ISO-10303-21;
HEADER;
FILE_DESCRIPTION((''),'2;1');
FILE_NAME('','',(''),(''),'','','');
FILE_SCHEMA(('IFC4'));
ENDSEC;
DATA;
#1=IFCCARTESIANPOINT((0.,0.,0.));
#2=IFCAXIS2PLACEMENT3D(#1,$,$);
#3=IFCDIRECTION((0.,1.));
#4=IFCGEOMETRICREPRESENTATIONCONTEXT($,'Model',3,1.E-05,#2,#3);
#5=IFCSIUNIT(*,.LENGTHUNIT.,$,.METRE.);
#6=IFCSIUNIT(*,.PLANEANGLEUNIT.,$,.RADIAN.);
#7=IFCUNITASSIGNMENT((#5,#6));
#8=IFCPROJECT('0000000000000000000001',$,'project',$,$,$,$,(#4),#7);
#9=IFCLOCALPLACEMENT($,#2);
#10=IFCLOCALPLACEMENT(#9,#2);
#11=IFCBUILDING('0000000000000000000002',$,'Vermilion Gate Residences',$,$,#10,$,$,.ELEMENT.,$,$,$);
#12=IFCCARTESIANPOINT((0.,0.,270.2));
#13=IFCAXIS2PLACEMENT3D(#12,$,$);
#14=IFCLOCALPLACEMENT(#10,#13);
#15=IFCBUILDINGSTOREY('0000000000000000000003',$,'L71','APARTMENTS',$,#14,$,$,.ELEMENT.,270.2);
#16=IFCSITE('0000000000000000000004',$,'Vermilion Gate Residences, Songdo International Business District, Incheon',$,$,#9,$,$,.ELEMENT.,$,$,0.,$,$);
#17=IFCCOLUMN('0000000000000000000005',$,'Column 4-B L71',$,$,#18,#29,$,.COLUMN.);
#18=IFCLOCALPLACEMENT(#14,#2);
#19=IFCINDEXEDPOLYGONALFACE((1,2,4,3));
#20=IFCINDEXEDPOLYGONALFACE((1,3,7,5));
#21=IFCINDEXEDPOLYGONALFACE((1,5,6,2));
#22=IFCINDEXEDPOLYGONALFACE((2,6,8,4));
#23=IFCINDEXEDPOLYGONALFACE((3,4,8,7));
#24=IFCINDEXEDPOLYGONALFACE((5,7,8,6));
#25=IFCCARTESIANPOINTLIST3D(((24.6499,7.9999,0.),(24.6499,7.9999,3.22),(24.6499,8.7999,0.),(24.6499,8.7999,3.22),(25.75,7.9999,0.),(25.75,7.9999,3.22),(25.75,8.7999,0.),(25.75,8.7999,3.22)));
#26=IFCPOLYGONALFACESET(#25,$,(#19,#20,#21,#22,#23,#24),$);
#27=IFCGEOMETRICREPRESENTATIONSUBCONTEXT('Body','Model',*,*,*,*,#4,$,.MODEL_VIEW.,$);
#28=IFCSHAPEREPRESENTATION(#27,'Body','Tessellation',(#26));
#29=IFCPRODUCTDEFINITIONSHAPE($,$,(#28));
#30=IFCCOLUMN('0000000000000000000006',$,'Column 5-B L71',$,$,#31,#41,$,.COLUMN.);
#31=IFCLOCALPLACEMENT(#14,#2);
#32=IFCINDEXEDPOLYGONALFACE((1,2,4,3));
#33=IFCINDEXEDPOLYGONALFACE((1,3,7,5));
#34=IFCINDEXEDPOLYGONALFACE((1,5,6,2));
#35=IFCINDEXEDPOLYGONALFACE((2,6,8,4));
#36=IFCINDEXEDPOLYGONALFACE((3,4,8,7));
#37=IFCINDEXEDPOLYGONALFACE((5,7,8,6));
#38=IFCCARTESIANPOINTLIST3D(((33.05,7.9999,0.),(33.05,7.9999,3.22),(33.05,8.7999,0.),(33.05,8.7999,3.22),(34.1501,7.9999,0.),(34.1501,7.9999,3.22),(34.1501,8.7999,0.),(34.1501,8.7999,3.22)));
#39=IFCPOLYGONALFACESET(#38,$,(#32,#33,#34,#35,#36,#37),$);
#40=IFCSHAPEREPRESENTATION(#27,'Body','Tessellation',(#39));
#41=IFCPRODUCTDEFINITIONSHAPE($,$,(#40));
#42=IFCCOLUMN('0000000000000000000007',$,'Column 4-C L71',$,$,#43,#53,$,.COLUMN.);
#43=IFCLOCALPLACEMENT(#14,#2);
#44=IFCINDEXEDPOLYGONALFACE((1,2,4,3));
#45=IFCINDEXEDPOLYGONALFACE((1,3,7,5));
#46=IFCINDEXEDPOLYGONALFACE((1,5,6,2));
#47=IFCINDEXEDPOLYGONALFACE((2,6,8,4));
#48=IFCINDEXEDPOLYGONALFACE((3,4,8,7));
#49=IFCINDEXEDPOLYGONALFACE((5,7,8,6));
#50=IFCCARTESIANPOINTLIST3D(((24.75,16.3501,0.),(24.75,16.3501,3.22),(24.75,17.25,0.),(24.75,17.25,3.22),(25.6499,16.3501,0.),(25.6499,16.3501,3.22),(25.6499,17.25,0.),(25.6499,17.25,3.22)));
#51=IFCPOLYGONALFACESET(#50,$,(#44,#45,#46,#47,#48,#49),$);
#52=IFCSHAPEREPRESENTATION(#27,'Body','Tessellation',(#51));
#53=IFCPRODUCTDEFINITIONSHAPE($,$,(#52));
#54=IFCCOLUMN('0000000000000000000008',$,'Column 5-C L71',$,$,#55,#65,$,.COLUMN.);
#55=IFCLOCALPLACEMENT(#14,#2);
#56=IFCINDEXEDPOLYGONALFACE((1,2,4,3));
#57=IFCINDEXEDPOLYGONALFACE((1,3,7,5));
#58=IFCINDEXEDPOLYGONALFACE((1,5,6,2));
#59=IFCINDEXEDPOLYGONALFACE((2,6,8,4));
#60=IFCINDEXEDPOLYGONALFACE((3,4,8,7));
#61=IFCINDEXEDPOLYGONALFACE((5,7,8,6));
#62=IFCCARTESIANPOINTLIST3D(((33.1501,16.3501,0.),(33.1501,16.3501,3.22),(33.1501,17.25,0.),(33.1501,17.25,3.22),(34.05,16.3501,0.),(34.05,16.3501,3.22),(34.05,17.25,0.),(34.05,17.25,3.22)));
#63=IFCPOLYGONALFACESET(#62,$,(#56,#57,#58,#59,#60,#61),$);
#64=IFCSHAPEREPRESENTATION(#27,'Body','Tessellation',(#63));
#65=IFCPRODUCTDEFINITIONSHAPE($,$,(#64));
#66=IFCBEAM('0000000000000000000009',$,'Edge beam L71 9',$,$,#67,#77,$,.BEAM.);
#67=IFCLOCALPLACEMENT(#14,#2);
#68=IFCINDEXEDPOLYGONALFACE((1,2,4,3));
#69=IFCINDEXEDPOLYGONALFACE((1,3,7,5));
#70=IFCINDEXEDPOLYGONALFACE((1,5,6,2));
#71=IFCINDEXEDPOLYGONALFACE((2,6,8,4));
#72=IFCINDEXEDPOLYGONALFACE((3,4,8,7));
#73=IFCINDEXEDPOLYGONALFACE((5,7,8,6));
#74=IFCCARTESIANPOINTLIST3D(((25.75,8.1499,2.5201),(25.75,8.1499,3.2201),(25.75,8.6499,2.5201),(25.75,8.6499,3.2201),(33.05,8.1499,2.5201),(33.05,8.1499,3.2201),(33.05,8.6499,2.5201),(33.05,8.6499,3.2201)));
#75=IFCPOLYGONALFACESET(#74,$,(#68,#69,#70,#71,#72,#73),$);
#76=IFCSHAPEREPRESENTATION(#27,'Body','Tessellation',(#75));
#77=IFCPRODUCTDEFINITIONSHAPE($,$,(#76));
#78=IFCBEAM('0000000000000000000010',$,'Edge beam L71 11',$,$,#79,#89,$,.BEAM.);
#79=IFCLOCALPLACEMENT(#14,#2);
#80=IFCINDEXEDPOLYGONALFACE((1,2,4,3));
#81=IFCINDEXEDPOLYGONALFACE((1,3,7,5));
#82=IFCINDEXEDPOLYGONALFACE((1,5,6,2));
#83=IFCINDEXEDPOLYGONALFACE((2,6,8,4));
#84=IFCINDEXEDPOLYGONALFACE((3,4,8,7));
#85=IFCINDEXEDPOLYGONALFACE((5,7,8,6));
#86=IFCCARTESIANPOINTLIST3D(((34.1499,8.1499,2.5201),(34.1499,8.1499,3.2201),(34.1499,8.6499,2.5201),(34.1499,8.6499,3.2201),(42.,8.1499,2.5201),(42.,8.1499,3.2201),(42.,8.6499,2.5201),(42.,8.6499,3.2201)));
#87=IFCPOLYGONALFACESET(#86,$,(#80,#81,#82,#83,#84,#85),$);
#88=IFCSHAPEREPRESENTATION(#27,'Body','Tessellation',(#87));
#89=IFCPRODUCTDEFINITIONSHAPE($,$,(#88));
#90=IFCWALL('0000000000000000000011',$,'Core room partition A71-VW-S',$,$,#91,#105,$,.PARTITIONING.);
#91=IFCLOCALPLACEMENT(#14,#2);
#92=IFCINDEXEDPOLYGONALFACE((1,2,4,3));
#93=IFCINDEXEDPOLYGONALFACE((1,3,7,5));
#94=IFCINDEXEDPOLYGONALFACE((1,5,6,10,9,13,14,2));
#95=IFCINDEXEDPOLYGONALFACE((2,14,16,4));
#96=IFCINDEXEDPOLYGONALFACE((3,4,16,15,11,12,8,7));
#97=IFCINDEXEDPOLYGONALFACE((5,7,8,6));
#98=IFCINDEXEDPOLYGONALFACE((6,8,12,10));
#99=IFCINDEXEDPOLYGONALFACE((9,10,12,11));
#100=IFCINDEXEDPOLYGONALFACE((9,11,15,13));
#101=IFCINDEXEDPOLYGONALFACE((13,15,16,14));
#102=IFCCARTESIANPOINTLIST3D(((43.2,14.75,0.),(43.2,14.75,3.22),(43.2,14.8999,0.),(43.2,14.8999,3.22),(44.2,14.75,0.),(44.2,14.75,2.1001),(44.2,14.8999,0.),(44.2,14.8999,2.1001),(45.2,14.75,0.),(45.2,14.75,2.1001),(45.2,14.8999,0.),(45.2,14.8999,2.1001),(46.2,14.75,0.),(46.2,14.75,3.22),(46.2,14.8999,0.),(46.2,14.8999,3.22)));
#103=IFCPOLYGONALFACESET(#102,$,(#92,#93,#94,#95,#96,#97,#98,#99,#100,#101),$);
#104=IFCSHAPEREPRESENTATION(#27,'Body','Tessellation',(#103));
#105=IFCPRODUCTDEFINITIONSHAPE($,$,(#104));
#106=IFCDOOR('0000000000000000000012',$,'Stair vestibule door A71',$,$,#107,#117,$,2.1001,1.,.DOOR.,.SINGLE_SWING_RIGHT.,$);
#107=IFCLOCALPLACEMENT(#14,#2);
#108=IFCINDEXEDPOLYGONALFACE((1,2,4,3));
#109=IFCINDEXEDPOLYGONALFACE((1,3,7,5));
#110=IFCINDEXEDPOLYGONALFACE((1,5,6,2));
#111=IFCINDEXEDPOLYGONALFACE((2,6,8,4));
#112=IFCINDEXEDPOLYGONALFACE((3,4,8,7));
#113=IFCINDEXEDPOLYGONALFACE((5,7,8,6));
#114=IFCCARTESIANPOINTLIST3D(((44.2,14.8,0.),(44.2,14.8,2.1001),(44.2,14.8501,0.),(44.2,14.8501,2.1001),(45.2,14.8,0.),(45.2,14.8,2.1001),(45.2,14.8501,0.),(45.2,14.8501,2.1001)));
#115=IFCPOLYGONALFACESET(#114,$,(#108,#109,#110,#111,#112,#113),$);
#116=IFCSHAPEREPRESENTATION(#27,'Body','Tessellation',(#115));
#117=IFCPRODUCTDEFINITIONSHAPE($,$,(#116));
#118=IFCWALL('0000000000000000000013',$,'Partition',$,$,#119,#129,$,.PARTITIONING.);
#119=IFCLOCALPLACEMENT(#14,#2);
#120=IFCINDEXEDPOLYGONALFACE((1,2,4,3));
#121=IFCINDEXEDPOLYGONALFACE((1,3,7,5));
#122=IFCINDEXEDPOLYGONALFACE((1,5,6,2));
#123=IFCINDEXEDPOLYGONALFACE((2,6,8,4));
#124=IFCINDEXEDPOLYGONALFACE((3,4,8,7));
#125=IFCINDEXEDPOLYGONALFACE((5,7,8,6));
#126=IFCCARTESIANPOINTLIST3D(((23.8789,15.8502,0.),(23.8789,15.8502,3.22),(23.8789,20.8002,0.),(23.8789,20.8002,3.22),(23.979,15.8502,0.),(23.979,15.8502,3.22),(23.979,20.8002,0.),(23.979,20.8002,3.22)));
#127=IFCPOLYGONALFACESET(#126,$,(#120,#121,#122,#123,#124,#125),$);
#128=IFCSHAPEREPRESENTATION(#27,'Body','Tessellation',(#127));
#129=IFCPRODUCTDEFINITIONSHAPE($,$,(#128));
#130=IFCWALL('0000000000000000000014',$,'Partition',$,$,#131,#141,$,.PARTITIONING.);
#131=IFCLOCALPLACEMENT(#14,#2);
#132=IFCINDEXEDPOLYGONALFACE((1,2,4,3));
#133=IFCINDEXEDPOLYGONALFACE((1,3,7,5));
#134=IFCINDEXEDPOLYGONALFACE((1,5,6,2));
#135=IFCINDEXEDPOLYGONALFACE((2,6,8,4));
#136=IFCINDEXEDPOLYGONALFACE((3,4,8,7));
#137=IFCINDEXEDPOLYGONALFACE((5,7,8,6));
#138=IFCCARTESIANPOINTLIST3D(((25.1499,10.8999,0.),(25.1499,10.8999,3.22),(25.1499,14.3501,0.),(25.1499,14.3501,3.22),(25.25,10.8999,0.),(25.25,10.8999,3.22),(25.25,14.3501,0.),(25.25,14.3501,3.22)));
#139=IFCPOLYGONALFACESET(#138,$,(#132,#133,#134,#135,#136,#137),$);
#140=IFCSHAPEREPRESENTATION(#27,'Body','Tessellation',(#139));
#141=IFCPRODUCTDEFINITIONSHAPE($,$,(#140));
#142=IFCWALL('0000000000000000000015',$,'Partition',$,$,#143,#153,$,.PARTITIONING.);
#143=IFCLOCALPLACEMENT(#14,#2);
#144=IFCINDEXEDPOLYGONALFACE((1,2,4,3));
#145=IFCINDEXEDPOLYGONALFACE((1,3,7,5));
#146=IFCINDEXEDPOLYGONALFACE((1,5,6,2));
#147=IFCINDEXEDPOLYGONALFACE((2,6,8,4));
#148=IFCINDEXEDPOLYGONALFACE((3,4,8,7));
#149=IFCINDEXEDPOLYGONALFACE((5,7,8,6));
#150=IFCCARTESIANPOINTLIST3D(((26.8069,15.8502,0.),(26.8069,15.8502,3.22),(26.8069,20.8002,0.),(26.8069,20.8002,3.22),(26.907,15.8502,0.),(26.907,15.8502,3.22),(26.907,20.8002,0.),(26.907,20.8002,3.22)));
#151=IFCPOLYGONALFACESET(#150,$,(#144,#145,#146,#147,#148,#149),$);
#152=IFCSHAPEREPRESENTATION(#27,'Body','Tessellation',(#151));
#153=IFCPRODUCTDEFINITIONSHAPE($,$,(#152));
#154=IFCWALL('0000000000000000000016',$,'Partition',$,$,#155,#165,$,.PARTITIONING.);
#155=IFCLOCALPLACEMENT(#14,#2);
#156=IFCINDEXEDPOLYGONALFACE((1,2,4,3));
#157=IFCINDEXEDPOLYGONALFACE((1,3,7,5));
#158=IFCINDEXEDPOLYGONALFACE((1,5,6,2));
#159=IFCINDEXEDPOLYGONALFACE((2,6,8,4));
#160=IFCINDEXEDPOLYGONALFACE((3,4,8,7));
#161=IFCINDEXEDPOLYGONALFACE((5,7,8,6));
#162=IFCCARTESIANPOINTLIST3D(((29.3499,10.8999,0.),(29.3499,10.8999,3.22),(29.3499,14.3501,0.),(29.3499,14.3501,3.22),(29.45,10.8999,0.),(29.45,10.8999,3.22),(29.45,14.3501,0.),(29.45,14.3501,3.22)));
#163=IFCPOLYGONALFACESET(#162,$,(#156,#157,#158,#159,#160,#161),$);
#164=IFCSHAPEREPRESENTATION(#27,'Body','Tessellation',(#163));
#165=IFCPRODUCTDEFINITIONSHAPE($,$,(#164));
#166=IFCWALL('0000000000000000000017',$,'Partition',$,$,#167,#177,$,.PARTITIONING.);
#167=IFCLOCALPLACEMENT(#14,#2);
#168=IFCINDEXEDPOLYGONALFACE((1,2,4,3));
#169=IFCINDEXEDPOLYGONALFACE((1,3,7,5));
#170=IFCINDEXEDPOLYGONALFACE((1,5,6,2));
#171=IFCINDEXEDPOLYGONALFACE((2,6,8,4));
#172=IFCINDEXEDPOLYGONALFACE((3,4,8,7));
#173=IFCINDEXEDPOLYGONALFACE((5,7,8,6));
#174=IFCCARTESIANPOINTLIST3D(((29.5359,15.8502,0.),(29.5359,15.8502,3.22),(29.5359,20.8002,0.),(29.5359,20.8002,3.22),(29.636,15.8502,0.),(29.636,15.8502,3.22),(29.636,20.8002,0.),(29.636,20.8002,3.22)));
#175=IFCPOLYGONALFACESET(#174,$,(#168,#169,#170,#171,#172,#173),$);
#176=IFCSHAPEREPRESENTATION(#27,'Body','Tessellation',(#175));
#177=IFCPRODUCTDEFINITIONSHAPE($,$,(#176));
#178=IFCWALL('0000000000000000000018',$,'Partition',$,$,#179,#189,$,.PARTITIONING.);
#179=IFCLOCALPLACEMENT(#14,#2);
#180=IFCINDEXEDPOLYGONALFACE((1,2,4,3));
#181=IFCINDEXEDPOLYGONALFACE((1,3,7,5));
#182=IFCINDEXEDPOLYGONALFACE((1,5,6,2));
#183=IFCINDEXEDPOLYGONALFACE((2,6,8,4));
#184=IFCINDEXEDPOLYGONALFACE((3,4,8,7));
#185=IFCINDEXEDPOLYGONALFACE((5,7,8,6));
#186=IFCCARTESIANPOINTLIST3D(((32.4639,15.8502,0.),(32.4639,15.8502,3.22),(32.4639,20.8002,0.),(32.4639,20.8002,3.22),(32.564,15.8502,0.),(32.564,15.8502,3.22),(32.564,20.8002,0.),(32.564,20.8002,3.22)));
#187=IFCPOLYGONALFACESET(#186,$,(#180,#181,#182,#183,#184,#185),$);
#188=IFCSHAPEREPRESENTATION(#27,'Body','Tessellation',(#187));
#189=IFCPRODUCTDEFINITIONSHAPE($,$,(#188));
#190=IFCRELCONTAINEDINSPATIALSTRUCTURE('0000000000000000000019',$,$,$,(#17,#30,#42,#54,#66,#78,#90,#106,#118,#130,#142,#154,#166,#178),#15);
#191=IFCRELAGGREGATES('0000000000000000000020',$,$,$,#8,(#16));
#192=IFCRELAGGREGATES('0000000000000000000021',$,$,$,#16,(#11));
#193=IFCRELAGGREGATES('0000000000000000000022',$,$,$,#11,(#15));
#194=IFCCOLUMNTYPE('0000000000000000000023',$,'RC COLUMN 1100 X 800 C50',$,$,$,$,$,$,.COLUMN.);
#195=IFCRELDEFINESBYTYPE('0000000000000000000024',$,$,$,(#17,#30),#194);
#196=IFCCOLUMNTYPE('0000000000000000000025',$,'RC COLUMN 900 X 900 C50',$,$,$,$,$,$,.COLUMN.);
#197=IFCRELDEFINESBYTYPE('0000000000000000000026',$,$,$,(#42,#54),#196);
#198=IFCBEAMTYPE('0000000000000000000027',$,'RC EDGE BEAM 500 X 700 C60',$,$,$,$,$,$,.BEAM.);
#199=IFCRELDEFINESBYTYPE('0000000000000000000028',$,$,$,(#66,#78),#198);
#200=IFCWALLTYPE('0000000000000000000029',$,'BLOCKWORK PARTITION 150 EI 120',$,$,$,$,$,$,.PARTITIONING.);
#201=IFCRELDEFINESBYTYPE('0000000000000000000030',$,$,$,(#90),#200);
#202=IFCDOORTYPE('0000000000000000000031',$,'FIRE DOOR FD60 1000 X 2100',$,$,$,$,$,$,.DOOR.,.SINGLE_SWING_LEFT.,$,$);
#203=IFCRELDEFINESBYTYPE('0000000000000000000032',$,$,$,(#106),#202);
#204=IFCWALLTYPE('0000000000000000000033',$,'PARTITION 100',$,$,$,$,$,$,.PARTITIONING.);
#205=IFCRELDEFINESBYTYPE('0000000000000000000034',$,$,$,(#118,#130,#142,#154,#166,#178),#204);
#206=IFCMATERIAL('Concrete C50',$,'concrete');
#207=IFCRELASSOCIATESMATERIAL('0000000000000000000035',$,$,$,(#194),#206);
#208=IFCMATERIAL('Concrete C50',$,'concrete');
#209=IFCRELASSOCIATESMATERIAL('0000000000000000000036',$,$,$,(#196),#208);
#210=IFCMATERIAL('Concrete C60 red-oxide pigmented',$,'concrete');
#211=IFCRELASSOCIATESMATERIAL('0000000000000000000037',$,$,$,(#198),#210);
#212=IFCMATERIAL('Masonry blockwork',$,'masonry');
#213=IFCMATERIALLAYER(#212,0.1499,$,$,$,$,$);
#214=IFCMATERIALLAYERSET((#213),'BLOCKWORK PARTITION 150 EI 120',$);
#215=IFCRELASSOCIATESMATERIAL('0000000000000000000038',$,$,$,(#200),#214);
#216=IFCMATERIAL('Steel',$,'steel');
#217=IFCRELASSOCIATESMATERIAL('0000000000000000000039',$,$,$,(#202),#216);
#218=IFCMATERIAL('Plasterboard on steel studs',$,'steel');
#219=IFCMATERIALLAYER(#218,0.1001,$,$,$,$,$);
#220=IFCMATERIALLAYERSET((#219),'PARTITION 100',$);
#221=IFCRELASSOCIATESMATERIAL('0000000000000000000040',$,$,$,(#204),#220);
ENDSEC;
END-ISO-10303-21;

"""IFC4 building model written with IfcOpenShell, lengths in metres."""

from ifc_helpers import new_model, si_unit, direction, frame, frame_2d, origin, origin_2d, place, context, subcontext, project, spatial, rectangle, extrude, material, layer, layer_set, material_profile, profile_set, type_object, element, fill, save


model = new_model("IFC4")

# Units and contexts
model_context = context("Model", 3, precision=1e-05, world=origin(), true_north=direction((0.0, 1.0)))
body_context = subcontext(model_context, "Body", "Model", "MODEL_VIEW")
ifc_project = project(units=[si_unit("LENGTHUNIT", "METRE"), si_unit("PLANEANGLEUNIT", "RADIAN")], contexts=[model_context])

# Site, building, storey
site_placement = place(None, origin())
site = spatial("IfcSite", under=ifc_project, at=site_placement, Name="Vermilion Gate Residences, Songdo International Business District, Incheon", CompositionType="ELEMENT", RefElevation=0.0)
building_placement = place(site_placement, origin())
building = spatial("IfcBuilding", under=site, at=building_placement, Name="Vermilion Gate Residences", CompositionType="ELEMENT")
storey_placement = place(building_placement, frame((0.0, 0.0, 270.2)))
storey = spatial("IfcBuildingStorey", under=building, at=storey_placement, Name="L71", Description="APARTMENTS", CompositionType="ELEMENT", Elevation=270.2)

# Columns
ifc_material_1 = material(Name="Concrete C50", Category="concrete")
ifc_material_profile_1 = material_profile(ifc_material_1, rectangle(XDim=1.1001, YDim=0.8, at=origin_2d()), Name="RC-1100x800")
ifc_profile_set_1 = profile_set([ifc_material_profile_1], Name="Concrete C50")
column_type_1 = type_object("IfcColumnType", Name="RC COLUMN 1100 X 800 C50", PredefinedType="COLUMN", material=ifc_profile_set_1)
for number, where, z_axis, x_axis, name in (
    (1, (25.2, 8.3999, 0.0), (0.0, 0.0, 1.0), (1.0, 0.0, 0.0), "Column 4-B L71"),
    (2, (33.6001, 8.3999, 0.0), (0.0, 0.0, 1.0), (1.0, 0.0, 0.0), "Column 5-B L71"),
):
    element("IfcColumn", number, at=place(storey_placement, frame(where, z_axis=z_axis, x_axis=x_axis)), inside=storey, type_object=column_type_1, Name=name, PredefinedType="COLUMN", context=body_context, shape_type="SweptSolid", body=[
        extrude(rectangle(XDim=1.1001, YDim=0.8, at=origin_2d()), origin(), (0.0, 0.0, 1.0), 3.22),
    ])
ifc_material_2 = material(Name="Concrete C50", Category="concrete")
ifc_material_profile_2 = material_profile(ifc_material_2, rectangle(XDim=0.8999, YDim=0.8999, at=origin_2d()), Name="RC-900x900")
ifc_profile_set_2 = profile_set([ifc_material_profile_2], Name="Concrete C50")
column_type_2 = type_object("IfcColumnType", Name="RC COLUMN 900 X 900 C50", PredefinedType="COLUMN", material=ifc_profile_set_2)
for number, where, z_axis, x_axis, name in (
    (3, (25.2, 16.8, 0.0), (0.0, 0.0, 1.0), (1.0, 0.0, 0.0), "Column 4-C L71"),
    (4, (33.6001, 16.8, 0.0), (0.0, 0.0, 1.0), (1.0, 0.0, 0.0), "Column 5-C L71"),
):
    element("IfcColumn", number, at=place(storey_placement, frame(where, z_axis=z_axis, x_axis=x_axis)), inside=storey, type_object=column_type_2, Name=name, PredefinedType="COLUMN", context=body_context, shape_type="SweptSolid", body=[
        extrude(rectangle(XDim=0.8999, YDim=0.8999, at=origin_2d()), origin(), (0.0, 0.0, 1.0), 3.22),
    ])

# Beams
ifc_material_3 = material(Name="Concrete C60 red-oxide pigmented", Category="concrete")
ifc_material_profile_3 = material_profile(ifc_material_3, rectangle(XDim=0.5, YDim=0.7, at=origin_2d()), Name="RC-500x700")
ifc_profile_set_3 = profile_set([ifc_material_profile_3], Name="Concrete C60 red-oxide pigmented")
beam_type = type_object("IfcBeamType", Name="RC EDGE BEAM 500 X 700 C60", PredefinedType="BEAM", material=ifc_profile_set_3)
beam_1_placement = place(storey_placement, frame((25.75, 8.3999, 2.8701), z_axis=(1.0, 0.0, 0.0), x_axis=(0.0, 1.0, 0.0)))
element("IfcBeam", 5, at=beam_1_placement, inside=storey, type_object=beam_type, Name="Edge beam L71 9", PredefinedType="BEAM", context=body_context, shape_type="SweptSolid", body=[
    extrude(rectangle(XDim=0.5, YDim=0.7, at=origin_2d()), origin(), (0.0, 0.0, 1.0), 7.3),
])
beam_2_placement = place(storey_placement, frame((34.1499, 8.3999, 2.8701), z_axis=(1.0, 0.0, 0.0), x_axis=(0.0, 1.0, 0.0)))
element("IfcBeam", 6, at=beam_2_placement, inside=storey, type_object=beam_type, Name="Edge beam L71 11", PredefinedType="BEAM", context=body_context, shape_type="SweptSolid", body=[
    extrude(rectangle(XDim=0.5, YDim=0.7, at=origin_2d()), origin(), (0.0, 0.0, 1.0), 7.8501),
])

# Wall, opening, door
ifc_material_4 = material(Name="Masonry blockwork", Category="masonry")
ifc_layer_1 = layer(ifc_material_4, 0.1499)
ifc_layer_set_1 = layer_set([ifc_layer_1], Name="BLOCKWORK PARTITION 150 EI 120")
wall_type_1 = type_object("IfcWallType", Name="BLOCKWORK PARTITION 150 EI 120", PredefinedType="PARTITIONING", material=ifc_layer_set_1)
wall_1_placement = place(storey_placement, frame((43.2, 14.825, 0.0), z_axis=(0.0, 0.0, 1.0), x_axis=(1.0, 0.0, 0.0)))
wall_1 = element("IfcWall", 7, at=wall_1_placement, inside=storey, type_object=wall_type_1, Name="Core room partition A71-VW-S", PredefinedType="PARTITIONING", context=body_context, shape_type="SweptSolid", body=[
    extrude(rectangle(XDim=3.0, YDim=0.1499, at=frame_2d((1.5, 0.0))), origin(), (0.0, 0.0, 1.0), 3.22),
])
opening_1_placement = place(wall_1_placement, frame((1.0, 0.0, 0.0)))
opening_1 = element("IfcOpeningElement", 8, at=opening_1_placement, cuts=wall_1, PredefinedType="OPENING", context=body_context, shape_type="SweptSolid", body=[
    extrude(rectangle(XDim=1.0, YDim=2.1001, at=frame_2d((0.5, 1.05))), frame((0.0, 0.085, 0.0), z_axis=(0.0, -1.0, 0.0), x_axis=(1.0, 0.0, 0.0)), (0.0, 0.0, 1.0), 0.1699),
])
ifc_material_5 = material(Name="Steel", Category="steel")
door_type_1 = type_object("IfcDoorType", Name="FIRE DOOR FD60 1000 X 2100", OperationType="SINGLE_SWING_LEFT", PredefinedType="DOOR", material=ifc_material_5)
door_1_placement = place(opening_1_placement, frame((1.0, 0.0, 0.0), z_axis=(0.0, 0.0, 1.0), x_axis=(-1.0, 0.0, 0.0)))
door_1 = element("IfcDoor", 9, at=door_1_placement, inside=storey, type_object=door_type_1, Name="Stair vestibule door A71", OperationType="SINGLE_SWING_RIGHT", OverallHeight=2.1001, OverallWidth=1.0, PredefinedType="DOOR", context=body_context, shape_type="SweptSolid", body=[
    extrude(rectangle(XDim=1.0, YDim=2.1001, at=frame_2d((0.5, 1.05))), frame((0.0, 0.0249, 0.0), z_axis=(0.0, -1.0, 0.0), x_axis=(1.0, 0.0, 0.0)), (0.0, 0.0, 1.0), 0.05),
])
fill(opening_1, door_1)

# Walls
ifc_material_6 = material(Name="Plasterboard on steel studs", Category="steel")
ifc_layer_2 = layer(ifc_material_6, 0.1001)
ifc_layer_set_2 = layer_set([ifc_layer_2], Name="PARTITION 100")
wall_type_2 = type_object("IfcWallType", Name="PARTITION 100", PredefinedType="PARTITIONING", material=ifc_layer_set_2)
wall_2_placement = place(storey_placement, frame((23.929, 15.8501, 0.0), z_axis=(0.0, 0.0, 1.0), x_axis=(0.0, 1.0, 0.0)))
element("IfcWall", 10, at=wall_2_placement, inside=storey, type_object=wall_type_2, Name="Partition", PredefinedType="PARTITIONING", context=body_context, shape_type="SweptSolid", body=[
    extrude(rectangle(XDim=4.95, YDim=0.1001, at=frame_2d((2.4751, 0.0))), origin(), (0.0, 0.0, 1.0), 3.22),
])
wall_3_placement = place(storey_placement, frame((25.2, 10.8999, 0.0), z_axis=(0.0, 0.0, 1.0), x_axis=(0.0, 1.0, 0.0)))
element("IfcWall", 11, at=wall_3_placement, inside=storey, type_object=wall_type_2, Name="Partition", PredefinedType="PARTITIONING", context=body_context, shape_type="SweptSolid", body=[
    extrude(rectangle(XDim=3.4502, YDim=0.1001, at=frame_2d((1.7251, 0.0))), origin(), (0.0, 0.0, 1.0), 3.22),
])
wall_4_placement = place(storey_placement, frame((26.8569, 15.8501, 0.0), z_axis=(0.0, 0.0, 1.0), x_axis=(0.0, 1.0, 0.0)))
element("IfcWall", 12, at=wall_4_placement, inside=storey, type_object=wall_type_2, Name="Partition", PredefinedType="PARTITIONING", context=body_context, shape_type="SweptSolid", body=[
    extrude(rectangle(XDim=4.95, YDim=0.1001, at=frame_2d((2.4751, 0.0))), origin(), (0.0, 0.0, 1.0), 3.22),
])
wall_5_placement = place(storey_placement, frame((29.3999, 10.8999, 0.0), z_axis=(0.0, 0.0, 1.0), x_axis=(0.0, 1.0, 0.0)))
element("IfcWall", 13, at=wall_5_placement, inside=storey, type_object=wall_type_2, Name="Partition", PredefinedType="PARTITIONING", context=body_context, shape_type="SweptSolid", body=[
    extrude(rectangle(XDim=3.4502, YDim=0.1001, at=frame_2d((1.7251, 0.0))), origin(), (0.0, 0.0, 1.0), 3.22),
])
for number, where, z_axis, x_axis, name in (
    (14, (29.5859, 15.8501, 0.0), (0.0, 0.0, 1.0), (0.0, 1.0, 0.0), "Partition"),
    (15, (32.5139, 15.8501, 0.0), (0.0, 0.0, 1.0), (0.0, 1.0, 0.0), "Partition"),
):
    element("IfcWall", number, at=place(storey_placement, frame(where, z_axis=z_axis, x_axis=x_axis)), inside=storey, type_object=wall_type_2, Name=name, PredefinedType="PARTITIONING", context=body_context, shape_type="SweptSolid", body=[
        extrude(rectangle(XDim=4.95, YDim=0.1001, at=frame_2d((2.4751, 0.0))), origin(), (0.0, 0.0, 1.0), 3.22),
    ])

save(model, "model.ifc")
